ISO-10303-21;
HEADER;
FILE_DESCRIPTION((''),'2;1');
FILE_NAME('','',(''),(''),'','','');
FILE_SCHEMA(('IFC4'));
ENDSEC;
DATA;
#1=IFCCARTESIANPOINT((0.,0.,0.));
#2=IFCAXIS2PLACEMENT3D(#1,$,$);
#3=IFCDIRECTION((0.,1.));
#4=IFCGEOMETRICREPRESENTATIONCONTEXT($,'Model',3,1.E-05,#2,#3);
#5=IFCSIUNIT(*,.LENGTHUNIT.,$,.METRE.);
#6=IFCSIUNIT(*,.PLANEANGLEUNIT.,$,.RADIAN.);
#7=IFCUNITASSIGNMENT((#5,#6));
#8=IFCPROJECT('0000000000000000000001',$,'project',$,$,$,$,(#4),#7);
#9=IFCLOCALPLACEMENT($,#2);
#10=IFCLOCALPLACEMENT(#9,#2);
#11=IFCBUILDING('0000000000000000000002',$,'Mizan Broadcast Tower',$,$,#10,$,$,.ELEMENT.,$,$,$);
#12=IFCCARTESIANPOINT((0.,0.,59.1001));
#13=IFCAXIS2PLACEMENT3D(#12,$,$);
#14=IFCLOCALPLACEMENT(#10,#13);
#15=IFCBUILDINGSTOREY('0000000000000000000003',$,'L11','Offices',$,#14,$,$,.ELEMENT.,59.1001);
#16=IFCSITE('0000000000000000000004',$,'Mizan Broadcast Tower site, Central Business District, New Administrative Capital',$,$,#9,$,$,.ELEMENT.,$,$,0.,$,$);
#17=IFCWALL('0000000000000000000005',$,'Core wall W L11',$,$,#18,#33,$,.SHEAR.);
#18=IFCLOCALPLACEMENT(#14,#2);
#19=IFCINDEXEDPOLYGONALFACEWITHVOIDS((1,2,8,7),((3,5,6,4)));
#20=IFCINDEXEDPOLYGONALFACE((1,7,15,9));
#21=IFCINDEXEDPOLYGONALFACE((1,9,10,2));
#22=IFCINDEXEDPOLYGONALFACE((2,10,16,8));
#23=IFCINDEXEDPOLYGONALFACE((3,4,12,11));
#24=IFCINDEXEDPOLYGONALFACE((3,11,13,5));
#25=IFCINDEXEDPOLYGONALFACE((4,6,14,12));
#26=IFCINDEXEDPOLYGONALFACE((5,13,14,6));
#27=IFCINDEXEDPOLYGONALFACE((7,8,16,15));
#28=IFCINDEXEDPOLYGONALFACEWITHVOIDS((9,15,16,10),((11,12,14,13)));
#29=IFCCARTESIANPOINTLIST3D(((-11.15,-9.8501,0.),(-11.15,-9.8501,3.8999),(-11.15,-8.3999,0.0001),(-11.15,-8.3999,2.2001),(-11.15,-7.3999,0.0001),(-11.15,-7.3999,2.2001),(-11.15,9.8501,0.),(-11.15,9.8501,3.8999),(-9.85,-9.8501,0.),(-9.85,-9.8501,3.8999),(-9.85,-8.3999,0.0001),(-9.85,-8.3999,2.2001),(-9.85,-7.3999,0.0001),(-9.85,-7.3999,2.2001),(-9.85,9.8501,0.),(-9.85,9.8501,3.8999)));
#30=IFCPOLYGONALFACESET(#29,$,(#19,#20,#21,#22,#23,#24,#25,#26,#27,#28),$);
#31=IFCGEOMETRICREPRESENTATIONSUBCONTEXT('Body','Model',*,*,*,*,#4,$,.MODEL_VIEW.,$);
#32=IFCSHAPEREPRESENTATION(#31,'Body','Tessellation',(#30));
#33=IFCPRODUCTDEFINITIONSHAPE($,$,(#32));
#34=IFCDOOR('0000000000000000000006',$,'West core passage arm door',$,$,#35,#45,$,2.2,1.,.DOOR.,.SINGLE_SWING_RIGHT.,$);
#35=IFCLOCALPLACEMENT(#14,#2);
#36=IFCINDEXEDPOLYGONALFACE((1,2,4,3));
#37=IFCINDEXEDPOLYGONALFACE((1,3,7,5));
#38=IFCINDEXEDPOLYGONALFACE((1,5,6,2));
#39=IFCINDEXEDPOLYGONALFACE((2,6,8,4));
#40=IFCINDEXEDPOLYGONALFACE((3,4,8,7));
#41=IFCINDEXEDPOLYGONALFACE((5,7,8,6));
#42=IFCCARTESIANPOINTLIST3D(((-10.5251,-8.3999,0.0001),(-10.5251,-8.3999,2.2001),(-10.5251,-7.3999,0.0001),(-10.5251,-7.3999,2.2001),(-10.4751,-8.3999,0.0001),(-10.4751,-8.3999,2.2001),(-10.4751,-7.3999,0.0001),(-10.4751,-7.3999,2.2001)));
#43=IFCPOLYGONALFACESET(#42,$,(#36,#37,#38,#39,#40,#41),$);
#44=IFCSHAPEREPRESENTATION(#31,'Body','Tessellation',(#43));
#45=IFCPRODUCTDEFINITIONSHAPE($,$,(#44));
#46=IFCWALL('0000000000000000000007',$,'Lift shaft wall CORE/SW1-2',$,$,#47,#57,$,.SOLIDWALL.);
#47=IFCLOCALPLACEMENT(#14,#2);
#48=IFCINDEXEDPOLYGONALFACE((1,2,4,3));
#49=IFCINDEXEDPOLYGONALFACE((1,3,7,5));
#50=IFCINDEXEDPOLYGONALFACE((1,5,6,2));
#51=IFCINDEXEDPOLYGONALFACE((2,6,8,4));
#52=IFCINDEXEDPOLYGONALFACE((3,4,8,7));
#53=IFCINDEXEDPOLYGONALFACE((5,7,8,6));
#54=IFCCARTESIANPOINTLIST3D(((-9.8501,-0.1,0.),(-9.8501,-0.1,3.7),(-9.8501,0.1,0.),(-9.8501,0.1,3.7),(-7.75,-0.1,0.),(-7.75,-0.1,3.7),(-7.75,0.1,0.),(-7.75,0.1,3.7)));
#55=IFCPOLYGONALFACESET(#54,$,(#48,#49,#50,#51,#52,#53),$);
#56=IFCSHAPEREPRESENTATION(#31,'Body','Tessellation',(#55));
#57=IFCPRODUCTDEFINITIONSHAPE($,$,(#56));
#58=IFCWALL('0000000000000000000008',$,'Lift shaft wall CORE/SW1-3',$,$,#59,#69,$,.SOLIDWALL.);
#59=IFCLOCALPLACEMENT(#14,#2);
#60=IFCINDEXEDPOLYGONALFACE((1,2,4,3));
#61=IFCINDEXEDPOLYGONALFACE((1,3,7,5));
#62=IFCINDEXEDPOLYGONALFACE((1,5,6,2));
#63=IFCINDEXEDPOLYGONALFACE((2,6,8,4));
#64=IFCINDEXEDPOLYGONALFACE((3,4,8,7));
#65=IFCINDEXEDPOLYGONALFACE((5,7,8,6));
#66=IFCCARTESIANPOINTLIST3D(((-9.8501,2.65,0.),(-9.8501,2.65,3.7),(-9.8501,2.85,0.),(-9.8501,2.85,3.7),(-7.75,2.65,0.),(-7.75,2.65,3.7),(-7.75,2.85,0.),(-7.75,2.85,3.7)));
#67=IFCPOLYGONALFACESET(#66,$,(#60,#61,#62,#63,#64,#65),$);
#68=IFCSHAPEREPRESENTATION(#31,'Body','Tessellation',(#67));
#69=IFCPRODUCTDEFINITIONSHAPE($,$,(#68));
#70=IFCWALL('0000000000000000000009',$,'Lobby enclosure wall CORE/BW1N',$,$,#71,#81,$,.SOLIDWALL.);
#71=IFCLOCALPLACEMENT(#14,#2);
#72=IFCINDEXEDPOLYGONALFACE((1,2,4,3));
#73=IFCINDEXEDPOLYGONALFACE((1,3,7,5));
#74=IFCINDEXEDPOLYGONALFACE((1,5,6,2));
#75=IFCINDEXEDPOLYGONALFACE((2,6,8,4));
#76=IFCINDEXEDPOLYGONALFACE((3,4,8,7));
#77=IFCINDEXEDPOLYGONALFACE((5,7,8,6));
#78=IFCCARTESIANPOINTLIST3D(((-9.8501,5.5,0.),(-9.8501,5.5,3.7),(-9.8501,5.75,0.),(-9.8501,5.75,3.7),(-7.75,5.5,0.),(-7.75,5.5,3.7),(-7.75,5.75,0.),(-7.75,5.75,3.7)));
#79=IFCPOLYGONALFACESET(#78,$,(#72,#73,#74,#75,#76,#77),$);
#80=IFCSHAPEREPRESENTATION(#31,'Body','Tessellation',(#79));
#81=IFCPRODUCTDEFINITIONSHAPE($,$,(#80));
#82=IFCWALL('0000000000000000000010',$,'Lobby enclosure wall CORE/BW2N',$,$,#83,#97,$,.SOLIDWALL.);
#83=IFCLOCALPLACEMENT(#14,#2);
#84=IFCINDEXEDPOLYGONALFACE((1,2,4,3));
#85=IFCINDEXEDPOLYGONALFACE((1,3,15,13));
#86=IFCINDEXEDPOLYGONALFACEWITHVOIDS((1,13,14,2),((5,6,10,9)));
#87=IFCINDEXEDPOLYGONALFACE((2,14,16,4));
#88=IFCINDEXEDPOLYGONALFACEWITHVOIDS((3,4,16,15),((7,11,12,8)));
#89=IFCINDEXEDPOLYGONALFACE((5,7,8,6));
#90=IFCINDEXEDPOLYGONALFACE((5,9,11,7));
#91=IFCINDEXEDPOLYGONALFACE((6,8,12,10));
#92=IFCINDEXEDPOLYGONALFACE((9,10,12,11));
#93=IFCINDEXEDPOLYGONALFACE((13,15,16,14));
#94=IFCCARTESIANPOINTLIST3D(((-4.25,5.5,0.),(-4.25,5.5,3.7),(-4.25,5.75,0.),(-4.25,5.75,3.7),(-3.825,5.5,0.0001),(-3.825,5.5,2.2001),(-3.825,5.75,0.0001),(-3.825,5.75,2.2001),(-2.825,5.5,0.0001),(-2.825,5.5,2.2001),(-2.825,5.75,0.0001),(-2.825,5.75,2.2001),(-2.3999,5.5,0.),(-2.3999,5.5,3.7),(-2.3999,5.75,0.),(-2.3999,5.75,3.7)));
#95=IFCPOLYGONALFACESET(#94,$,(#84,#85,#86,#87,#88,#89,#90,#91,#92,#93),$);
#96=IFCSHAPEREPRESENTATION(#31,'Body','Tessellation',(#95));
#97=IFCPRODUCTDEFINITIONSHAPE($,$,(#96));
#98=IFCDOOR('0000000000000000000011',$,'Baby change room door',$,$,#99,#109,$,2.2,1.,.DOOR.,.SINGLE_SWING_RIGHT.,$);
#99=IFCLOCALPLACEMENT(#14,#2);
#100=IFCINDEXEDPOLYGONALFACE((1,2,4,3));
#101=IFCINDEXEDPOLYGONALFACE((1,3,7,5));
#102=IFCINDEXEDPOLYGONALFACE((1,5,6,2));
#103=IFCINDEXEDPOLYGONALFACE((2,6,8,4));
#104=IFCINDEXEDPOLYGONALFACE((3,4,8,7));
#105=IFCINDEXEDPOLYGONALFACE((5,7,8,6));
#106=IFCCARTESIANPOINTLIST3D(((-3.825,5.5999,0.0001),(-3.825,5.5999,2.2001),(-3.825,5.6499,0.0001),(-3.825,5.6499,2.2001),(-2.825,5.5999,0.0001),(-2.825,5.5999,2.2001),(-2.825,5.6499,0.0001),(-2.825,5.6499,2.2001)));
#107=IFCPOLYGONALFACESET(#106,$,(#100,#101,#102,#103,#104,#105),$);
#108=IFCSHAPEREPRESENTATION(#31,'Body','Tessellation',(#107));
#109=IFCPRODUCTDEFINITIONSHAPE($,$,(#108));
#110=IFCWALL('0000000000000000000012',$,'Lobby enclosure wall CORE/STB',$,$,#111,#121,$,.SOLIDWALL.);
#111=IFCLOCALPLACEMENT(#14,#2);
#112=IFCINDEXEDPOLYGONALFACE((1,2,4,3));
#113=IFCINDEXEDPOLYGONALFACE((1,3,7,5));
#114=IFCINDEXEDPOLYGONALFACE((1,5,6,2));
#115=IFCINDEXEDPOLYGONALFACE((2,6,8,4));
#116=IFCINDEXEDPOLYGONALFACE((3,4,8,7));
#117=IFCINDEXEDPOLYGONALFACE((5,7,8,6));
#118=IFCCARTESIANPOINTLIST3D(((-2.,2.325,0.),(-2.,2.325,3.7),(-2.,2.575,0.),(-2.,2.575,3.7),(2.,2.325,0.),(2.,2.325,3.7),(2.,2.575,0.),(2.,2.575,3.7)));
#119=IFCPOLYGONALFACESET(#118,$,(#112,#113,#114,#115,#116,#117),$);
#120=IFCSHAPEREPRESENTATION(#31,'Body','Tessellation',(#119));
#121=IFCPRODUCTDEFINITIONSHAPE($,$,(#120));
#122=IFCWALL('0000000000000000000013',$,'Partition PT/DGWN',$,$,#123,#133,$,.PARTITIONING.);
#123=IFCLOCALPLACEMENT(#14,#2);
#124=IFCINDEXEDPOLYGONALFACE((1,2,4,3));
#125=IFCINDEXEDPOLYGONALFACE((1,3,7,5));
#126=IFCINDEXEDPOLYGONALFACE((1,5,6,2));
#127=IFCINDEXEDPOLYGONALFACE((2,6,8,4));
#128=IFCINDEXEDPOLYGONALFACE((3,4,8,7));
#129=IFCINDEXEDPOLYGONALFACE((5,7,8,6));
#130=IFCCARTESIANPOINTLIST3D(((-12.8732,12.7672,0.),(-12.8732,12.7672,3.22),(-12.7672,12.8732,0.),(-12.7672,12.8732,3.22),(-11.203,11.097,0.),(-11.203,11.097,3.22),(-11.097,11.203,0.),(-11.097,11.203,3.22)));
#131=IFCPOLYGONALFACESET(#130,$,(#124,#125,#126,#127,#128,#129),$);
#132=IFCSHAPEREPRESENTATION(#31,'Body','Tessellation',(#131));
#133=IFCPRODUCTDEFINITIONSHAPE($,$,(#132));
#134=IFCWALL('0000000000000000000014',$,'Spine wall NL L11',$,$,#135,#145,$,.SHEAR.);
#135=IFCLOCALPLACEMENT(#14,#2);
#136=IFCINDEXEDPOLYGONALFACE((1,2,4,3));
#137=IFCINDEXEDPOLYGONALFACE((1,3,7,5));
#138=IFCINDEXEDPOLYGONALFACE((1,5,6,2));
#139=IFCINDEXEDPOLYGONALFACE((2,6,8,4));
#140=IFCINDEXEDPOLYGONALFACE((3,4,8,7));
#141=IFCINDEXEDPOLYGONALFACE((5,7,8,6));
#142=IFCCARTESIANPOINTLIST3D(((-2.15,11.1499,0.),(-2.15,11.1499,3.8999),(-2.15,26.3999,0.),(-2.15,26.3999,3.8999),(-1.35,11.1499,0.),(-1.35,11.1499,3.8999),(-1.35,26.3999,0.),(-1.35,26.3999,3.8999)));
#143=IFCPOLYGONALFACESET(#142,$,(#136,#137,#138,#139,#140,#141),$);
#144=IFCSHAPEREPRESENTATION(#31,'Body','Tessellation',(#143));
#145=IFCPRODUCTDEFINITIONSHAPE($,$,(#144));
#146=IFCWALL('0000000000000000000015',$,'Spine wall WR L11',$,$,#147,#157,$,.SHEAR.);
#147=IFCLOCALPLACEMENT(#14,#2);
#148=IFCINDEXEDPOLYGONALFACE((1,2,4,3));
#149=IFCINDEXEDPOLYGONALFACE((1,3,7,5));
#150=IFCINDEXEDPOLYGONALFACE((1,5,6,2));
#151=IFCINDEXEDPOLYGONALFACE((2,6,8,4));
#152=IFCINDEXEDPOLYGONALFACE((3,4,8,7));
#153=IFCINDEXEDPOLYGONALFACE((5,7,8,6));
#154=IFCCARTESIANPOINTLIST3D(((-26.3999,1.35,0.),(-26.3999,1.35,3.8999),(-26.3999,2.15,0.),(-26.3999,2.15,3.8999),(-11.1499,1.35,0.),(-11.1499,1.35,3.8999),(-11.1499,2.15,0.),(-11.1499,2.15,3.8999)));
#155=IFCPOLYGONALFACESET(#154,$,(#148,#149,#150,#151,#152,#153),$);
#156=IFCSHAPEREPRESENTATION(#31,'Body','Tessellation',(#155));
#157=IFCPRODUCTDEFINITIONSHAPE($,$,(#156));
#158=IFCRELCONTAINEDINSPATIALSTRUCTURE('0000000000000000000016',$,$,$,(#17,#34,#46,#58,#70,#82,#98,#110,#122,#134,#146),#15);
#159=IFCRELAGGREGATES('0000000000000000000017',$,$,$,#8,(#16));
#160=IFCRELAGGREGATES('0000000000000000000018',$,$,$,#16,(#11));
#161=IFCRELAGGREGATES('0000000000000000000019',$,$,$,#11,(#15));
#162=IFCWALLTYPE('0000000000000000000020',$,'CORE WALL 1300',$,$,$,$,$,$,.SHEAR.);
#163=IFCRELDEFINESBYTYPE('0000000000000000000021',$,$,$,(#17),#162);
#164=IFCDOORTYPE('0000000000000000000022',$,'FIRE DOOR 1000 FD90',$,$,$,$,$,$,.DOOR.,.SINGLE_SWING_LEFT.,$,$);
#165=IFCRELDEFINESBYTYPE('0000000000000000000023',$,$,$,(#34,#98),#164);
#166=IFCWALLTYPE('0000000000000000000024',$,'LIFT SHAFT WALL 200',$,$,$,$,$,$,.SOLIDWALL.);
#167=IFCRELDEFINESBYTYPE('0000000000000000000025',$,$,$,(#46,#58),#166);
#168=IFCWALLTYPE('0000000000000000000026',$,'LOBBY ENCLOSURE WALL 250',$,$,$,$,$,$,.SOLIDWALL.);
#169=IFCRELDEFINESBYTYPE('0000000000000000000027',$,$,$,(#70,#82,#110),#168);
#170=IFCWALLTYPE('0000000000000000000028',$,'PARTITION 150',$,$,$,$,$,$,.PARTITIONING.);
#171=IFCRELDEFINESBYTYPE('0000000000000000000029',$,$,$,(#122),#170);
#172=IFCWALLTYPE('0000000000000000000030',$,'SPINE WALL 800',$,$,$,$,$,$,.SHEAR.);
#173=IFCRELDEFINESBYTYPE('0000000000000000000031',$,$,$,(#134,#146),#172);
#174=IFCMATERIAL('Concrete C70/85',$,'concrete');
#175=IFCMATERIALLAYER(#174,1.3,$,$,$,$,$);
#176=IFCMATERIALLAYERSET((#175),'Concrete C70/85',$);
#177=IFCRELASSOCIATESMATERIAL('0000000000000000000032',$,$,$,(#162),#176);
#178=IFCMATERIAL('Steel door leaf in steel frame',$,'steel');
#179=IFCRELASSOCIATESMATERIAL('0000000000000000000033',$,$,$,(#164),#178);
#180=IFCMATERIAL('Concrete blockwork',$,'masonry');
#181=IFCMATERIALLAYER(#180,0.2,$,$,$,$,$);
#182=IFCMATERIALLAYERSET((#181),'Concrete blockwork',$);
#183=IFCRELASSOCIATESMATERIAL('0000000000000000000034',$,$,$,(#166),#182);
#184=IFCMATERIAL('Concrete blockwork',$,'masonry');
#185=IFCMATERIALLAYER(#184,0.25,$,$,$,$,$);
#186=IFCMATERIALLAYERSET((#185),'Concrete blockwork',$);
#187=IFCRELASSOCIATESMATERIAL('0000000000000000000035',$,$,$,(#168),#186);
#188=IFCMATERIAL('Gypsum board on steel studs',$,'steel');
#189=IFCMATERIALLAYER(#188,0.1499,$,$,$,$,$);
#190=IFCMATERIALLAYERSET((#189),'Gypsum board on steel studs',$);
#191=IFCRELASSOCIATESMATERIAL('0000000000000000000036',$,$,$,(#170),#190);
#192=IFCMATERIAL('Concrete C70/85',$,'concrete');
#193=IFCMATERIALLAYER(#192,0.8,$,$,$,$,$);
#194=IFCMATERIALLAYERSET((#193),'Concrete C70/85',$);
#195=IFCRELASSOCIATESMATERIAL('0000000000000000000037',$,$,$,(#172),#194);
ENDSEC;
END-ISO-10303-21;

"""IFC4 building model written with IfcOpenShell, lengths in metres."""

from ifc_helpers import new_model, si_unit, direction, frame, frame_2d, origin, place, context, subcontext, project, spatial, rectangle, extrude, material, layer, layer_set, type_object, element, fill, save


model = new_model("IFC4")

# Units and contexts
model_context = context("Model", 3, precision=1e-05, world=origin(), true_north=direction((0.0, 1.0)))
body_context = subcontext(model_context, "Body", "Model", "MODEL_VIEW")
ifc_project = project(units=[si_unit("LENGTHUNIT", "METRE"), si_unit("PLANEANGLEUNIT", "RADIAN")], contexts=[model_context])

# Site, building, storey
site_placement = place(None, origin())
site = spatial("IfcSite", under=ifc_project, at=site_placement, Name="Mizan Broadcast Tower site, Central Business District, New Administrative Capital", CompositionType="ELEMENT", RefElevation=0.0)
building_placement = place(site_placement, origin())
building = spatial("IfcBuilding", under=site, at=building_placement, Name="Mizan Broadcast Tower", CompositionType="ELEMENT")
storey_placement = place(building_placement, frame((0.0, 0.0, 59.1001)))
storey = spatial("IfcBuildingStorey", under=building, at=storey_placement, Name="L11", Description="Offices", CompositionType="ELEMENT", Elevation=59.1001)

# Shared definitions
ifc_material_1 = material(Name="Concrete C70/85", Category="concrete")
ifc_layer_1 = layer(ifc_material_1, 1.3)
ifc_layer_set_1 = layer_set([ifc_layer_1], Name="Concrete C70/85")
wall_type_1 = type_object("IfcWallType", Name="CORE WALL 1300", PredefinedType="SHEAR", material=ifc_layer_set_1)

# Wall, opening, door
wall_1_placement = place(storey_placement, frame((-10.5, 9.8501, 0.0), z_axis=(0.0, 0.0, 1.0), x_axis=(0.0, -1.0, 0.0)))
wall_1 = element("IfcWall", 1, at=wall_1_placement, inside=storey, type_object=wall_type_1, Name="Core wall W L11", PredefinedType="SHEAR", context=body_context, shape_type="SweptSolid", body=[
    extrude(rectangle(XDim=19.7002, YDim=1.3, at=frame_2d((9.8501, 0.0))), origin(), (0.0, 0.0, 1.0), 3.8999),
])
opening_1_placement = place(wall_1_placement, frame((17.25, 0.0, 0.0)))
opening_1 = element("IfcOpeningElement", 2, at=opening_1_placement, cuts=wall_1, PredefinedType="OPENING", context=body_context, shape_type="SweptSolid", body=[
    extrude(rectangle(XDim=1.0, YDim=2.2, at=frame_2d((0.5, 1.1001))), frame((0.0, 0.6599, 0.0), z_axis=(0.0, -1.0, 0.0), x_axis=(1.0, 0.0, 0.0)), (0.0, 0.0, 1.0), 1.3201),
])
ifc_material_2 = material(Name="Steel door leaf in steel frame", Category="steel")
door_type_1 = type_object("IfcDoorType", Name="FIRE DOOR 1000 FD90", OperationType="SINGLE_SWING_LEFT", PredefinedType="DOOR", material=ifc_material_2)
door_1_placement = place(opening_1_placement, origin())
door_1 = element("IfcDoor", 3, at=door_1_placement, inside=storey, type_object=door_type_1, Name="West core passage arm door", OperationType="SINGLE_SWING_RIGHT", OverallHeight=2.2, OverallWidth=1.0, PredefinedType="DOOR", context=body_context, shape_type="SweptSolid", body=[
    extrude(rectangle(XDim=1.0, YDim=2.2, at=frame_2d((0.5, 1.1001))), frame((0.0, 0.0249, 0.0), z_axis=(0.0, -1.0, 0.0), x_axis=(1.0, 0.0, 0.0)), (0.0, 0.0, 1.0), 0.05),
])
fill(opening_1, door_1)

# Walls
ifc_material_3 = material(Name="Concrete blockwork", Category="masonry")
ifc_layer_2 = layer(ifc_material_3, 0.2)
ifc_layer_set_2 = layer_set([ifc_layer_2], Name="Concrete blockwork")
wall_type_2 = type_object("IfcWallType", Name="LIFT SHAFT WALL 200", PredefinedType="SOLIDWALL", material=ifc_layer_set_2)
for number, where, z_axis, x_axis, name in (
    (4, (-9.8501, 0.0, 0.0), (0.0, 0.0, 1.0), (1.0, 0.0, 0.0), "Lift shaft wall CORE/SW1-2"),
    (5, (-9.8501, 2.75, 0.0), (0.0, 0.0, 1.0), (1.0, 0.0, 0.0), "Lift shaft wall CORE/SW1-3"),
):
    element("IfcWall", number, at=place(storey_placement, frame(where, z_axis=z_axis, x_axis=x_axis)), inside=storey, type_object=wall_type_2, Name=name, PredefinedType="SOLIDWALL", context=body_context, shape_type="SweptSolid", body=[
        extrude(rectangle(XDim=2.1001, YDim=0.2, at=frame_2d((1.05, 0.0))), origin(), (0.0, 0.0, 1.0), 3.7),
    ])
ifc_material_4 = material(Name="Concrete blockwork", Category="masonry")
ifc_layer_3 = layer(ifc_material_4, 0.25)
ifc_layer_set_3 = layer_set([ifc_layer_3], Name="Concrete blockwork")
wall_type_3 = type_object("IfcWallType", Name="LOBBY ENCLOSURE WALL 250", PredefinedType="SOLIDWALL", material=ifc_layer_set_3)
wall_2_placement = place(storey_placement, frame((-9.8501, 5.625, 0.0), z_axis=(0.0, 0.0, 1.0), x_axis=(1.0, 0.0, 0.0)))
element("IfcWall", 6, at=wall_2_placement, inside=storey, type_object=wall_type_3, Name="Lobby enclosure wall CORE/BW1N", PredefinedType="SOLIDWALL", context=body_context, shape_type="SweptSolid", body=[
    extrude(rectangle(XDim=2.1001, YDim=0.25, at=frame_2d((1.05, 0.0))), origin(), (0.0, 0.0, 1.0), 3.7),
])

# Wall, opening, door
wall_3_placement = place(storey_placement, frame((-4.25, 5.625, 0.0), z_axis=(0.0, 0.0, 1.0), x_axis=(1.0, 0.0, 0.0)))
wall_3 = element("IfcWall", 7, at=wall_3_placement, inside=storey, type_object=wall_type_3, Name="Lobby enclosure wall CORE/BW2N", PredefinedType="SOLIDWALL", context=body_context, shape_type="SweptSolid", body=[
    extrude(rectangle(XDim=1.8501, YDim=0.25, at=frame_2d((0.925, 0.0))), origin(), (0.0, 0.0, 1.0), 3.7),
])
opening_2_placement = place(wall_3_placement, frame((0.425, 0.0, 0.0)))
opening_2 = element("IfcOpeningElement", 8, at=opening_2_placement, cuts=wall_3, PredefinedType="OPENING", context=body_context, shape_type="SweptSolid", body=[
    extrude(rectangle(XDim=1.0, YDim=2.2, at=frame_2d((0.5, 1.1001))), frame((0.0, 0.135, 0.0), z_axis=(0.0, -1.0, 0.0), x_axis=(1.0, 0.0, 0.0)), (0.0, 0.0, 1.0), 0.27),
])
door_2_placement = place(opening_2_placement, origin())
door_2 = element("IfcDoor", 9, at=door_2_placement, inside=storey, type_object=door_type_1, Name="Baby change room door", OperationType="SINGLE_SWING_RIGHT", OverallHeight=2.2, OverallWidth=1.0, PredefinedType="DOOR", context=body_context, shape_type="SweptSolid", body=[
    extrude(rectangle(XDim=1.0, YDim=2.2, at=frame_2d((0.5, 1.1001))), frame((0.0, 0.0249, 0.0), z_axis=(0.0, -1.0, 0.0), x_axis=(1.0, 0.0, 0.0)), (0.0, 0.0, 1.0), 0.05),
])
fill(opening_2, door_2)

# Walls
wall_4_placement = place(storey_placement, frame((-2.0, 2.45, 0.0), z_axis=(0.0, 0.0, 1.0), x_axis=(1.0, 0.0, 0.0)))
element("IfcWall", 10, at=wall_4_placement, inside=storey, type_object=wall_type_3, Name="Lobby enclosure wall CORE/STB", PredefinedType="SOLIDWALL", context=body_context, shape_type="SweptSolid", body=[
    extrude(rectangle(XDim=4.0, YDim=0.25, at=frame_2d((2.0, 0.0))), origin(), (0.0, 0.0, 1.0), 3.7),
])
ifc_material_5 = material(Name="Gypsum board on steel studs", Category="steel")
ifc_layer_4 = layer(ifc_material_5, 0.1499)
ifc_layer_set_4 = layer_set([ifc_layer_4], Name="Gypsum board on steel studs")
wall_type_4 = type_object("IfcWallType", Name="PARTITION 150", PredefinedType="PARTITIONING", material=ifc_layer_set_4)
wall_5_placement = place(storey_placement, frame((-11.1499, 11.1499, 0.0), z_axis=(0.0, 0.0, 1.0), x_axis=(-0.707107, 0.707107, 0.0)))
element("IfcWall", 11, at=wall_5_placement, inside=storey, type_object=wall_type_4, Name="Partition PT/DGWN", PredefinedType="PARTITIONING", context=body_context, shape_type="SweptSolid", body=[
    extrude(rectangle(XDim=2.3621, YDim=0.1499, at=frame_2d((1.1812, 0.0))), origin(), (0.0, 0.0, 1.0), 3.22),
])
ifc_material_6 = material(Name="Concrete C70/85", Category="concrete")
ifc_layer_5 = layer(ifc_material_6, 0.8)
ifc_layer_set_5 = layer_set([ifc_layer_5], Name="Concrete C70/85")
wall_type_5 = type_object("IfcWallType", Name="SPINE WALL 800", PredefinedType="SHEAR", material=ifc_layer_set_5)
for number, where, z_axis, x_axis, name in (
    (12, (-1.75, 11.1499, 0.0), (0.0, 0.0, 1.0), (0.0, 1.0, 0.0), "Spine wall NL L11"),
    (13, (-11.1499, 1.75, 0.0), (0.0, 0.0, 1.0), (-1.0, 0.0, 0.0), "Spine wall WR L11"),
):
    element("IfcWall", number, at=place(storey_placement, frame(where, z_axis=z_axis, x_axis=x_axis)), inside=storey, type_object=wall_type_5, Name=name, PredefinedType="SHEAR", context=body_context, shape_type="SweptSolid", body=[
        extrude(rectangle(XDim=15.25, YDim=0.8, at=frame_2d((7.625, 0.0))), origin(), (0.0, 0.0, 1.0), 3.8999),
    ])

save(model, "model.ifc")
